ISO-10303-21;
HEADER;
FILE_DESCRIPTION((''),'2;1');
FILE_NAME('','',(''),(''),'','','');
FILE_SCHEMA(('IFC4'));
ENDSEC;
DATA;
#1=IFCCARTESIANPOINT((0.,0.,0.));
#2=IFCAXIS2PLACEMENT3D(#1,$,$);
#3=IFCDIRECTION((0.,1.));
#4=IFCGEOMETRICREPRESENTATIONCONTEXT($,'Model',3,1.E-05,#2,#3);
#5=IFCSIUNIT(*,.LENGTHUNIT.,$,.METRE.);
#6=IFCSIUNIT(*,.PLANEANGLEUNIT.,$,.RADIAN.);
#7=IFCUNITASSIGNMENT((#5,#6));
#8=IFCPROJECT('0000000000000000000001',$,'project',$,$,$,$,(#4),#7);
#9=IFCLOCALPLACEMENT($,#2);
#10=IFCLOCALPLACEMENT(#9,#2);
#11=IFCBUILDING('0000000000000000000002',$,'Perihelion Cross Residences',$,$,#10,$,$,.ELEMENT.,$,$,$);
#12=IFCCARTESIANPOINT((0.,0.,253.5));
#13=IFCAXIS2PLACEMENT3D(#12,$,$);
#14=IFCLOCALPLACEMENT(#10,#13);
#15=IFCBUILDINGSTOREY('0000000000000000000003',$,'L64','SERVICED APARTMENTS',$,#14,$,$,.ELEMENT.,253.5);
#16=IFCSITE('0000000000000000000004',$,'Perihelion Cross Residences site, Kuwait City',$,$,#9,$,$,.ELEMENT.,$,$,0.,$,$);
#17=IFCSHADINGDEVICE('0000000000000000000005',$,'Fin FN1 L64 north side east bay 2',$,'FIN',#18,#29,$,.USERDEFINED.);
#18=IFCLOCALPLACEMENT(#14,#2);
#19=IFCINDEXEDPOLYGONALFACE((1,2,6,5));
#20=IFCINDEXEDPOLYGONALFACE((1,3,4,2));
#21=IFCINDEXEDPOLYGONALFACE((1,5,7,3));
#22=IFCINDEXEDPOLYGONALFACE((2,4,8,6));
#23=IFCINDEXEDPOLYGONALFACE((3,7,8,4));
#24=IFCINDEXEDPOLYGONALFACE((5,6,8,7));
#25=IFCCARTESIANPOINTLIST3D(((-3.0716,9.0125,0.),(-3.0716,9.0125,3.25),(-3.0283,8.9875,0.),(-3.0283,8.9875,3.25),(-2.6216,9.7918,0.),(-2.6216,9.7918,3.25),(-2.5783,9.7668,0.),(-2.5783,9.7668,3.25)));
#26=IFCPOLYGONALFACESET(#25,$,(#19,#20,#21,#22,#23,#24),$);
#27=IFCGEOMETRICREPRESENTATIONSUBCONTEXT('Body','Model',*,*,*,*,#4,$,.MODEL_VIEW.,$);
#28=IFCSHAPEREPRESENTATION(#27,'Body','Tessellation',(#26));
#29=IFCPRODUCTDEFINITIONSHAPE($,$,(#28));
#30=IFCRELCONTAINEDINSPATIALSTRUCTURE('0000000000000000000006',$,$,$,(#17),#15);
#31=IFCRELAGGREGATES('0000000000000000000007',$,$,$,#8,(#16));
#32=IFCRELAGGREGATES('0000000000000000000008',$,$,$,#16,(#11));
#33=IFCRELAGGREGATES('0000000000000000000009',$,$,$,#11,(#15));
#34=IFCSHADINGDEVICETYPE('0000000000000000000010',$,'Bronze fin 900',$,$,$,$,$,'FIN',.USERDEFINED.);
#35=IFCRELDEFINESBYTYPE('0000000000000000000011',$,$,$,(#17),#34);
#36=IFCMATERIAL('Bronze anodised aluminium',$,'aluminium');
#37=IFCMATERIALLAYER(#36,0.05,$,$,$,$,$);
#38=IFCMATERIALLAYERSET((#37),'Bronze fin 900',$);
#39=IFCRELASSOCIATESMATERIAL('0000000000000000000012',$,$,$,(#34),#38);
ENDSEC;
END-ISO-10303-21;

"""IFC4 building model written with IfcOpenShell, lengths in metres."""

from ifc_helpers import new_model, si_unit, direction, frame, origin, origin_2d, place, context, subcontext, project, spatial, rectangle, extrude, material, layer, layer_set, type_object, element, save


model = new_model("IFC4")

# Units and contexts
model_context = context("Model", 3, precision=1e-05, world=origin(), true_north=direction((0.0, 1.0)))
body_context = subcontext(model_context, "Body", "Model", "MODEL_VIEW")
ifc_project = project(units=[si_unit("LENGTHUNIT", "METRE"), si_unit("PLANEANGLEUNIT", "RADIAN")], contexts=[model_context])

# Site, building, storey
site_placement = place(None, origin())
site = spatial("IfcSite", under=ifc_project, at=site_placement, Name="Perihelion Cross Residences site, Kuwait City", CompositionType="ELEMENT", RefElevation=0.0)
building_placement = place(site_placement, origin())
building = spatial("IfcBuilding", under=site, at=building_placement, Name="Perihelion Cross Residences", CompositionType="ELEMENT")
storey_placement = place(building_placement, frame((0.0, 0.0, 253.5)))
storey = spatial("IfcBuildingStorey", under=building, at=storey_placement, Name="L64", Description="SERVICED APARTMENTS", CompositionType="ELEMENT", Elevation=253.5)

# Shading device
ifc_material_1 = material(Name="Bronze anodised aluminium", Category="aluminium")
ifc_layer_1 = layer(ifc_material_1, 0.05)
ifc_layer_set_1 = layer_set([ifc_layer_1], Name="Bronze fin 900")
shading_device_type = type_object("IfcShadingDeviceType", Name="Bronze fin 900", ElementType="FIN", PredefinedType="USERDEFINED", material=ifc_layer_set_1)
shading_device_placement = place(storey_placement, frame((-2.825, 9.3896, 0.0), z_axis=(0.0, 0.0, 1.0), x_axis=(0.5, 0.866025, 0.0)))
element("IfcShadingDevice", 1, at=shading_device_placement, inside=storey, type_object=shading_device_type, Name="Fin FN1 L64 north side east bay 2", ObjectType="FIN", PredefinedType="USERDEFINED", context=body_context, shape_type="SweptSolid", body=[
    extrude(rectangle(XDim=0.8999, YDim=0.05, at=origin_2d()), origin(), (0.0, 0.0, 1.0), 3.25),
])

save(model, "model.ifc")
